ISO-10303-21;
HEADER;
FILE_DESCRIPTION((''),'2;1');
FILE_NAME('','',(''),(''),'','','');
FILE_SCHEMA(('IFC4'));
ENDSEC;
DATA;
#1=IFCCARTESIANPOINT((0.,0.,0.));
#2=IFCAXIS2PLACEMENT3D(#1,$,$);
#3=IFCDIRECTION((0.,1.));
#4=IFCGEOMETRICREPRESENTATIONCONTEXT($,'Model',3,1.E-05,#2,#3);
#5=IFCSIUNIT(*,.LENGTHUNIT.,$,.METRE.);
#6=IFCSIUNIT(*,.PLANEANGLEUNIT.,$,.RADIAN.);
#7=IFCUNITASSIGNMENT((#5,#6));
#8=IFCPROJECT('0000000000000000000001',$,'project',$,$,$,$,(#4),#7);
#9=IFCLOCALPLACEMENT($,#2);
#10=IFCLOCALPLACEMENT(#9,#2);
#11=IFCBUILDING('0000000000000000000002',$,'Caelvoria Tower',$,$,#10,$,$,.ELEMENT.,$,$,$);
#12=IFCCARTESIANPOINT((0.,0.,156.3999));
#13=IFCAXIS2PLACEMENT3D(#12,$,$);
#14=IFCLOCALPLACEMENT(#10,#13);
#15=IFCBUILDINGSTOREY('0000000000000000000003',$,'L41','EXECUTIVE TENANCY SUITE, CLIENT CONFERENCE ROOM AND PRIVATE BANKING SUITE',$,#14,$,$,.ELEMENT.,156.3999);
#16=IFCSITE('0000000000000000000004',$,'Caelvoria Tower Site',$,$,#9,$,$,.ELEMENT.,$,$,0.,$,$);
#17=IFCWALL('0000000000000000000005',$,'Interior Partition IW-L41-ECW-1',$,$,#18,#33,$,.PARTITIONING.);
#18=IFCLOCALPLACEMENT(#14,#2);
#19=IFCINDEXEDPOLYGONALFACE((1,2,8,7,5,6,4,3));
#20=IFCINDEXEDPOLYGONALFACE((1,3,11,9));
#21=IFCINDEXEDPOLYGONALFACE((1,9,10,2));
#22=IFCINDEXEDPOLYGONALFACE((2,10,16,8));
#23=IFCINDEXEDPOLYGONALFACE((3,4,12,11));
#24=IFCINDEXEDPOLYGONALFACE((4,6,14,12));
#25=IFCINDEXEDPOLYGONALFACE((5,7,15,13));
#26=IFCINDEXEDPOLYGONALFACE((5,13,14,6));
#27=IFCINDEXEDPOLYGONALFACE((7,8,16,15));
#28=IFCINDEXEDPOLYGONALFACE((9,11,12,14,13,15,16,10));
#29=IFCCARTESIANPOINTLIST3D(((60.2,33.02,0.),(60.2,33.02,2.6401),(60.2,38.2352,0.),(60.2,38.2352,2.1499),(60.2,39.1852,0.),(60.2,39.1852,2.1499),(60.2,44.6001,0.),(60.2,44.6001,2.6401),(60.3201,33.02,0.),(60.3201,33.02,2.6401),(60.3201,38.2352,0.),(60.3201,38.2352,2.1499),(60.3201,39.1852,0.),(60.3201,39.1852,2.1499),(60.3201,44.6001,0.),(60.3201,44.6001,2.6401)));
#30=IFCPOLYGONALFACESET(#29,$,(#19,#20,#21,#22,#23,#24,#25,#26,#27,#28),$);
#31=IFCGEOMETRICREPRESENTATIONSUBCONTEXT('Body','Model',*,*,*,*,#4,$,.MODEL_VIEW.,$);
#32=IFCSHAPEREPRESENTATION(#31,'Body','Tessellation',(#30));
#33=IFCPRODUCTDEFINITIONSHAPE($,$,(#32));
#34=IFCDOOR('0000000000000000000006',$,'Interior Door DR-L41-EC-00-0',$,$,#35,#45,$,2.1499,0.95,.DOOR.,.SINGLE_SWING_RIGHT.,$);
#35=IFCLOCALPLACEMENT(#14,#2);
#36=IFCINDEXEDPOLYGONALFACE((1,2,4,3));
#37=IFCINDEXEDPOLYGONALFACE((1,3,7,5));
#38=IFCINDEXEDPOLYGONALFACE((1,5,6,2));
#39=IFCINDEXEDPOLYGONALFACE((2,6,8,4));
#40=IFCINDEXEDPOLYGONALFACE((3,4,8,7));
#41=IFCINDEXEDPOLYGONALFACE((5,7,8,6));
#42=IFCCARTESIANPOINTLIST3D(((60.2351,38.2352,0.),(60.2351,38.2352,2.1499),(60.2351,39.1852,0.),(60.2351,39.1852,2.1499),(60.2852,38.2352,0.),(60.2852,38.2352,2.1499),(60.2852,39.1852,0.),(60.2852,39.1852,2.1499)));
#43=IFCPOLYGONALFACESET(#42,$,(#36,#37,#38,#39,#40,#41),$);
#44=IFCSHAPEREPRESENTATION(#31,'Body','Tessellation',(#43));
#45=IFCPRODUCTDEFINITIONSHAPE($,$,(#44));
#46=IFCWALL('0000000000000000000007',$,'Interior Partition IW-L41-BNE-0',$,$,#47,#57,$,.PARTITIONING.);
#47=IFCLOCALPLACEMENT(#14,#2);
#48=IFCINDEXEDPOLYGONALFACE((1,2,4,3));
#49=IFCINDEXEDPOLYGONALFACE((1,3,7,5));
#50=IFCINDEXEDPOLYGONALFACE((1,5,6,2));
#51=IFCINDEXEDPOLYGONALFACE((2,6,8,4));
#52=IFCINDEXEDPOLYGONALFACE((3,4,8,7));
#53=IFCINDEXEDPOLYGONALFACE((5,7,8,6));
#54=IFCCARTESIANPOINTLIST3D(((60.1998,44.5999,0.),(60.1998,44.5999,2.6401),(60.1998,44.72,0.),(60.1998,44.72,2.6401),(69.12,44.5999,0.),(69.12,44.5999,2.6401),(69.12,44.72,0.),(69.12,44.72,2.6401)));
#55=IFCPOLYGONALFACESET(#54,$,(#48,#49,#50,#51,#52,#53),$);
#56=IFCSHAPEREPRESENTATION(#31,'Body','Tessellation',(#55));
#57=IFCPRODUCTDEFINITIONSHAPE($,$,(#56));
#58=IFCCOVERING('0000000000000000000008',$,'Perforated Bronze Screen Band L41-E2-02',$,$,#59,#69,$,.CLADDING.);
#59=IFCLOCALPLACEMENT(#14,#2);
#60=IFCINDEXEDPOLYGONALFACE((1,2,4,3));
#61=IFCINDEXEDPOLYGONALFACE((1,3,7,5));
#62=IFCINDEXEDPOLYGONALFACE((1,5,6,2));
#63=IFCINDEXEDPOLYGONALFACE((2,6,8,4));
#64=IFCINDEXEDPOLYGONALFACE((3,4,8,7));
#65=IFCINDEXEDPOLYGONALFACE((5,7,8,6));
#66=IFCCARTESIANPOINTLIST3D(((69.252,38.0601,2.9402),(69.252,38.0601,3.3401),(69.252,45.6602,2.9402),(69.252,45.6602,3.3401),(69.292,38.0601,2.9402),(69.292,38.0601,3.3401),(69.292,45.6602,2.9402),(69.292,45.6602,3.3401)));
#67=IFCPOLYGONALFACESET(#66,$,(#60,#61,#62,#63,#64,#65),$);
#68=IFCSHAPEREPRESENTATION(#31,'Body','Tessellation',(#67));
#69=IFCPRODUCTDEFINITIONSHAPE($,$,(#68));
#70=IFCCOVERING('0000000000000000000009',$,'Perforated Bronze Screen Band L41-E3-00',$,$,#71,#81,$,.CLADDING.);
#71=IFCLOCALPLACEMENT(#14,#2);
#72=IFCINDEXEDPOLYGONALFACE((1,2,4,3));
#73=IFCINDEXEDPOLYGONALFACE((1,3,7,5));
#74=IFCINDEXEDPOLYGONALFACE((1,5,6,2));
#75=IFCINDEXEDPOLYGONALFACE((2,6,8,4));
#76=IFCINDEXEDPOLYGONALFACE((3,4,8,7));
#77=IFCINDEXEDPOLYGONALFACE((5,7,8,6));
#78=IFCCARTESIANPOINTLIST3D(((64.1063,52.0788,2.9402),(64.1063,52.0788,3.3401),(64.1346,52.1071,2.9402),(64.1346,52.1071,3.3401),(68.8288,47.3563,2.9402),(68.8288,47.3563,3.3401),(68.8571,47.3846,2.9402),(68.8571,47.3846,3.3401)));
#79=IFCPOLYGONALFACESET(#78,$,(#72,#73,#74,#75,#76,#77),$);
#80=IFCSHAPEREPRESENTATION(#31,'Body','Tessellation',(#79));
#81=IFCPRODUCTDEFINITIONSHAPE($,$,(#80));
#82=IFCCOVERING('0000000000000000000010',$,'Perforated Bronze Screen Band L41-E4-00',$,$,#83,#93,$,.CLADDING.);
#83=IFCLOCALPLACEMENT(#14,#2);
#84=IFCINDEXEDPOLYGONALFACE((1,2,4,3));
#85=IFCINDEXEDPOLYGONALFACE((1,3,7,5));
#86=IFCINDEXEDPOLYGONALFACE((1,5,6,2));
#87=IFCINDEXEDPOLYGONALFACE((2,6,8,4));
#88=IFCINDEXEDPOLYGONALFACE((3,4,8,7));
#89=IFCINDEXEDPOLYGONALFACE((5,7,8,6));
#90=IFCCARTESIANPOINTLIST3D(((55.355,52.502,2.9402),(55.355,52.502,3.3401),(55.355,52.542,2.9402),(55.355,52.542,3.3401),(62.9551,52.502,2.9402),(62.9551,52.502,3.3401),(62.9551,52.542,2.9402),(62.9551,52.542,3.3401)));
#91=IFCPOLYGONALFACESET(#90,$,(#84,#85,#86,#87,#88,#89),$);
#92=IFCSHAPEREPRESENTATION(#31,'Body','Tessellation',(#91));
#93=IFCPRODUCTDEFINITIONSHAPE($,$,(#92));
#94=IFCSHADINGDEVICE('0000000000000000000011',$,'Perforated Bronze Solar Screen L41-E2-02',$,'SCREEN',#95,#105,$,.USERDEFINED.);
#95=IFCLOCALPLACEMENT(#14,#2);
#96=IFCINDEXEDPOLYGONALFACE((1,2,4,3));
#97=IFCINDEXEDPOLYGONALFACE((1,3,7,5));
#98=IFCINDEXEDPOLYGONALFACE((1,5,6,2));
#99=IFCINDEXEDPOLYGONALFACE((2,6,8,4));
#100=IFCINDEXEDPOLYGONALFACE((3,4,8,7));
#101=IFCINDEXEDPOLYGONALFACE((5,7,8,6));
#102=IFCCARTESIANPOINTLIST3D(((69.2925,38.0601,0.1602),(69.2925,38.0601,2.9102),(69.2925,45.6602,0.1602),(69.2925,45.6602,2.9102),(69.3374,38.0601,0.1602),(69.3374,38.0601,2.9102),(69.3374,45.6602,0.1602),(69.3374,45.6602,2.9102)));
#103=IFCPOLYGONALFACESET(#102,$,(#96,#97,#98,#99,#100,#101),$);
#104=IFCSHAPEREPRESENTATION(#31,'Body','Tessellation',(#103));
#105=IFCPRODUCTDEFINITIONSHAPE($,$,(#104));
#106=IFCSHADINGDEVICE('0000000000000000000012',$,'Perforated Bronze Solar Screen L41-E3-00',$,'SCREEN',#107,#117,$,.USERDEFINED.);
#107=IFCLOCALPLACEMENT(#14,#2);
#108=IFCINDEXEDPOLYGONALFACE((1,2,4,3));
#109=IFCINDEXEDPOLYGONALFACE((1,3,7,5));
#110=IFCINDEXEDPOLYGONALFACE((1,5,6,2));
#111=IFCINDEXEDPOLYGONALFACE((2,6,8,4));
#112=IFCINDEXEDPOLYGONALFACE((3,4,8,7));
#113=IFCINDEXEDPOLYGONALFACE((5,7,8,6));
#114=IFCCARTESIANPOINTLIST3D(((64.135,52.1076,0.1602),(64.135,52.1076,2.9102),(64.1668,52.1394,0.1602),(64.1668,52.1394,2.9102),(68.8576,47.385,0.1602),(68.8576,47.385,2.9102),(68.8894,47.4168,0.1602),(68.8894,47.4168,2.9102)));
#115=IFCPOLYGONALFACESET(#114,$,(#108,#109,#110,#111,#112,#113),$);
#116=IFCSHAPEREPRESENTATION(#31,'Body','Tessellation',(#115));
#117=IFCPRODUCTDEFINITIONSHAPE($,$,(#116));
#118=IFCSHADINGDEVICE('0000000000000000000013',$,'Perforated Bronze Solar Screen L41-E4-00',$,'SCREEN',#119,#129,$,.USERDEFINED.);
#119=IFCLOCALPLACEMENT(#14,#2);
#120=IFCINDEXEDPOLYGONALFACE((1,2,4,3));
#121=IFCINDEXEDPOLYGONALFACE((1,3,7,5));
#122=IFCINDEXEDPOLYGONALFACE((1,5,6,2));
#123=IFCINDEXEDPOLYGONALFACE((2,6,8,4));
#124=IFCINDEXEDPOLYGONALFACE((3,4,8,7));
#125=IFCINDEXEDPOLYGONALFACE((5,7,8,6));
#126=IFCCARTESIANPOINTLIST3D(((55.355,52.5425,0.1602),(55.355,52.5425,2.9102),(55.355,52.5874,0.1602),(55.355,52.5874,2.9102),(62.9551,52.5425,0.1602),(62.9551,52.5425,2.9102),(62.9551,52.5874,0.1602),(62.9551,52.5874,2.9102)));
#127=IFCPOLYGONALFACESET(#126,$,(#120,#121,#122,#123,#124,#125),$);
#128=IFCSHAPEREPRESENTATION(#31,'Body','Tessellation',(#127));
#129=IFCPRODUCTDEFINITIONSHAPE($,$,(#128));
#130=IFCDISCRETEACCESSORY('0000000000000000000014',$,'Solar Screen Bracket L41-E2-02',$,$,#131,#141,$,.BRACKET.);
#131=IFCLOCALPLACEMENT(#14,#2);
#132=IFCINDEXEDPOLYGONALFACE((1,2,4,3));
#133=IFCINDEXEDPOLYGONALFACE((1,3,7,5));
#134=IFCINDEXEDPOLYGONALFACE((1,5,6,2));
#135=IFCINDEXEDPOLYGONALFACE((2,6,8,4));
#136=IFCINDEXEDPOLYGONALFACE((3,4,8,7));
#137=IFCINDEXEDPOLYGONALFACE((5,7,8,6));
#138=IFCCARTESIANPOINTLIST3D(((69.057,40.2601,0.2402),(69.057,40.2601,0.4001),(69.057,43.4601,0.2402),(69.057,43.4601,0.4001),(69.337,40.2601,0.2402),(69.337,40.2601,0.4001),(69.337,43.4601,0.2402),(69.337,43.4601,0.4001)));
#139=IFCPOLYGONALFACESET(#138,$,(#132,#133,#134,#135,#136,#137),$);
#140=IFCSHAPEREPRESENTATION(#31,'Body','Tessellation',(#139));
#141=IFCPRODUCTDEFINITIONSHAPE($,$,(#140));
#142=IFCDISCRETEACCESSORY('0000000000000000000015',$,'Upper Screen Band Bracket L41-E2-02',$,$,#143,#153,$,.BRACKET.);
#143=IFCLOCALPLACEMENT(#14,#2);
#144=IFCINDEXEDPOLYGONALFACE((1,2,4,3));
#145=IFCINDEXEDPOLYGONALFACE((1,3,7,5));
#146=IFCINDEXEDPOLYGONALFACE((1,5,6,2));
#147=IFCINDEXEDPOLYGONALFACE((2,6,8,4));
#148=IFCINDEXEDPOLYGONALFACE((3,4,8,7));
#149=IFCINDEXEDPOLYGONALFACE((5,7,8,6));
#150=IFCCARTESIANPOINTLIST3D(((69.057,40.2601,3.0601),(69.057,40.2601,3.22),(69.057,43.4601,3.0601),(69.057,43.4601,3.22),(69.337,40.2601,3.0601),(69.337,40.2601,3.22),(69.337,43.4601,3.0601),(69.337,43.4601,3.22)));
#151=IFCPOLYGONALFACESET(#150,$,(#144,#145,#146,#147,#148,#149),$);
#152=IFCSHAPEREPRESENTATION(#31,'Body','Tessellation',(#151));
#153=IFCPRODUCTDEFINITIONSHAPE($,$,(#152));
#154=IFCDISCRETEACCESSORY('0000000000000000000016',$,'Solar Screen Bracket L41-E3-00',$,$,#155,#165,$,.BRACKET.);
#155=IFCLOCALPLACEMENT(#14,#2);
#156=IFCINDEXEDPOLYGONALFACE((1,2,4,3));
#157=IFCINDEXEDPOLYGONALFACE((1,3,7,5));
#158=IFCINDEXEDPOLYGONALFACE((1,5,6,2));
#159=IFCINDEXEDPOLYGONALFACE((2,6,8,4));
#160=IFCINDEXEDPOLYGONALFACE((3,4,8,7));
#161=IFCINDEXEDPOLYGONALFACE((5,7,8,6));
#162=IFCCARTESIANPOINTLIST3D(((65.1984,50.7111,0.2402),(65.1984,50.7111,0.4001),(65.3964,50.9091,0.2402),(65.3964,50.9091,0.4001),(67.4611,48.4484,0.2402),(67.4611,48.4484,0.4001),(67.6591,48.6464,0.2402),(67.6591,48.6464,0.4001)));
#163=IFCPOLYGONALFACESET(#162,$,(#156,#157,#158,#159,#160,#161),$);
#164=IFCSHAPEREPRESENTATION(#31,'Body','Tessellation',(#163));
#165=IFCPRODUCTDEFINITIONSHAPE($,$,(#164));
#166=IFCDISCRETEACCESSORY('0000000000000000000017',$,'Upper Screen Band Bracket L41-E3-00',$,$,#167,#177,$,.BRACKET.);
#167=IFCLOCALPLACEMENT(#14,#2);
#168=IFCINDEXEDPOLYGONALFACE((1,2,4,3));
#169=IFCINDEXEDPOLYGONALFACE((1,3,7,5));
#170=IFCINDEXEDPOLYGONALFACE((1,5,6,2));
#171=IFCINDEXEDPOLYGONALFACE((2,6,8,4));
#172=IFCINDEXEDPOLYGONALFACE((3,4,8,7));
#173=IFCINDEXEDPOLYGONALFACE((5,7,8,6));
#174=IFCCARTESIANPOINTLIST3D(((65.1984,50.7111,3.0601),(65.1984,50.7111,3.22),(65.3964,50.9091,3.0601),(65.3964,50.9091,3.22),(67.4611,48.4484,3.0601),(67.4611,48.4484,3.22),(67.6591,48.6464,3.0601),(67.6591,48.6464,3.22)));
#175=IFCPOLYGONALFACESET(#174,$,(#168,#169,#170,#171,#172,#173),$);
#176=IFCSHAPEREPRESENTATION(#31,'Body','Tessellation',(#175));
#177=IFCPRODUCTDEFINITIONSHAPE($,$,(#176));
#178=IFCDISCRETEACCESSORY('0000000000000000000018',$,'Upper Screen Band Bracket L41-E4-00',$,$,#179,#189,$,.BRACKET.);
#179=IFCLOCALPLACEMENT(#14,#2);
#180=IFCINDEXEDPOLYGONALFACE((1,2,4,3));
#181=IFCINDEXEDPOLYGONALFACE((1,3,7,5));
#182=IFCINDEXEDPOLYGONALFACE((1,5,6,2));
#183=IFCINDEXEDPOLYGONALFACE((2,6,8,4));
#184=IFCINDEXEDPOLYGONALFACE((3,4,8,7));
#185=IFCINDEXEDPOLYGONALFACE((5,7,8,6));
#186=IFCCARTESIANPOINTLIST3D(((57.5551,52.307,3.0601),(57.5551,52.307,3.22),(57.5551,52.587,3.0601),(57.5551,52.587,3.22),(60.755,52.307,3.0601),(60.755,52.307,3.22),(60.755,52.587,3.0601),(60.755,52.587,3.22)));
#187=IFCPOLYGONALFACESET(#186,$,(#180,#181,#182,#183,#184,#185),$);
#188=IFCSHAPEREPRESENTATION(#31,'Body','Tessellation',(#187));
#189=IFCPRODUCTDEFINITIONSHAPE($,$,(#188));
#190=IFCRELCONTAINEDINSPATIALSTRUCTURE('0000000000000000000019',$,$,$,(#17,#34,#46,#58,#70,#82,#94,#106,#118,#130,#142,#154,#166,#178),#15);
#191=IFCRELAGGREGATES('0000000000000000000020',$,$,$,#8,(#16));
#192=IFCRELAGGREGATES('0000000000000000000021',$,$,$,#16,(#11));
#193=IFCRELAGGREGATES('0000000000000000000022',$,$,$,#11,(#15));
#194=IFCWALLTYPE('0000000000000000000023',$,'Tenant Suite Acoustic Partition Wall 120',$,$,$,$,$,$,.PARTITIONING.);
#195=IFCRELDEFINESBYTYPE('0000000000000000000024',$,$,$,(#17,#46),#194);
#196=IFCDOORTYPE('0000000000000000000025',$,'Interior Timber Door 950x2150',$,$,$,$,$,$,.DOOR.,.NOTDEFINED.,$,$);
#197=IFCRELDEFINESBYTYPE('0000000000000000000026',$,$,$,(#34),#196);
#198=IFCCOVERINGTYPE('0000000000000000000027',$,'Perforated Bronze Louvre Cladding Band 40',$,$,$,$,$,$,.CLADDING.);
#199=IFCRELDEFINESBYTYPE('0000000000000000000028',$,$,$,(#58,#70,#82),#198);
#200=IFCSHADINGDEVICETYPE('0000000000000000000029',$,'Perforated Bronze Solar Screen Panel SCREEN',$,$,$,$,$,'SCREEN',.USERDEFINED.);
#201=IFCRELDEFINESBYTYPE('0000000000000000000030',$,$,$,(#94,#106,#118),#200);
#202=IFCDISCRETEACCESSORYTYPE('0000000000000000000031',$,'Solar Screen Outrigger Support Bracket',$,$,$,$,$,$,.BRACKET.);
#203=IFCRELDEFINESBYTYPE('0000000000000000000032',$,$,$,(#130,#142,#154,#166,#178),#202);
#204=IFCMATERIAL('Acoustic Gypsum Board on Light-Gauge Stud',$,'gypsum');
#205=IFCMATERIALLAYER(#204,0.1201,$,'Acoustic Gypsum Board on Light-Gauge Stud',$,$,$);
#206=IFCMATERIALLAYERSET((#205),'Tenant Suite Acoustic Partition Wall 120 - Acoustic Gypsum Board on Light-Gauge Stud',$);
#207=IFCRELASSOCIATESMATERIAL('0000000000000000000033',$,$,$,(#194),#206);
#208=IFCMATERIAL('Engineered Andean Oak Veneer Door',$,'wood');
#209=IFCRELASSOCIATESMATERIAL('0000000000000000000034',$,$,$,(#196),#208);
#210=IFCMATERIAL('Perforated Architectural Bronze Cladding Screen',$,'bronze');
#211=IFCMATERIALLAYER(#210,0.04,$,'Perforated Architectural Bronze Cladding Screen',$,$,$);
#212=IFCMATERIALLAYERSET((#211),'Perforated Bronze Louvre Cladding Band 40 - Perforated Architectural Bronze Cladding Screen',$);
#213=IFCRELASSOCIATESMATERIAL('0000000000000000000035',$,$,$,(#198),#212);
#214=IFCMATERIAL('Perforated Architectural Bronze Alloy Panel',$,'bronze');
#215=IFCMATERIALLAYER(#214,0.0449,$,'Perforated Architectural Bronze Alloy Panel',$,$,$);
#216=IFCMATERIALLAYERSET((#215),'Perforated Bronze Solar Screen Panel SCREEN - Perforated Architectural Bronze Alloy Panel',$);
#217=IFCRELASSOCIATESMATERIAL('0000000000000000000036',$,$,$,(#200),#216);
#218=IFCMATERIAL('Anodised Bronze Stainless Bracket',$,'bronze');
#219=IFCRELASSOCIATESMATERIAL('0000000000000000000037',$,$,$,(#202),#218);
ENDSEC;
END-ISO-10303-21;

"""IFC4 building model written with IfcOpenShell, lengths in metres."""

from ifc_helpers import new_model, si_unit, direction, frame, frame_2d, origin, origin_2d, place, context, subcontext, project, spatial, rectangle, extrude, material, layer, layer_set, type_object, element, fill, save


model = new_model("IFC4")

# Units and contexts
model_context = context("Model", 3, precision=1e-05, world=origin(), true_north=direction((0.0, 1.0)))
body_context = subcontext(model_context, "Body", "Model", "MODEL_VIEW")
ifc_project = project(units=[si_unit("LENGTHUNIT", "METRE"), si_unit("PLANEANGLEUNIT", "RADIAN")], contexts=[model_context])

# Site, building, storey
site_placement = place(None, origin())
site = spatial("IfcSite", under=ifc_project, at=site_placement, Name="Caelvoria Tower Site", CompositionType="ELEMENT", RefElevation=0.0)
building_placement = place(site_placement, origin())
building = spatial("IfcBuilding", under=site, at=building_placement, Name="Caelvoria Tower", CompositionType="ELEMENT")
storey_placement = place(building_placement, frame((0.0, 0.0, 156.3999)))
storey = spatial("IfcBuildingStorey", under=building, at=storey_placement, Name="L41", Description="EXECUTIVE TENANCY SUITE, CLIENT CONFERENCE ROOM AND PRIVATE BANKING SUITE", CompositionType="ELEMENT", Elevation=156.3999)

# Wall, opening, door
ifc_material_1 = material(Name="Acoustic Gypsum Board on Light-Gauge Stud", Category="gypsum")
ifc_layer_1 = layer(ifc_material_1, 0.1201, Name="Acoustic Gypsum Board on Light-Gauge Stud")
ifc_layer_set_1 = layer_set([ifc_layer_1], Name="Tenant Suite Acoustic Partition Wall 120 - Acoustic Gypsum Board on Light-Gauge Stud")
wall_type_1 = type_object("IfcWallType", Name="Tenant Suite Acoustic Partition Wall 120", PredefinedType="PARTITIONING", material=ifc_layer_set_1)
wall_1_placement = place(storey_placement, frame((60.26, 33.02, 0.0), z_axis=(0.0, 0.0, 1.0), x_axis=(0.0, 1.0, 0.0)))
wall_1 = element("IfcWall", 1, at=wall_1_placement, inside=storey, type_object=wall_type_1, Name="Interior Partition IW-L41-ECW-1", PredefinedType="PARTITIONING", context=body_context, shape_type="SweptSolid", body=[
    extrude(rectangle(XDim=11.5801, YDim=0.1201, at=frame_2d((5.79, 0.0))), origin(), (0.0, 0.0, 1.0), 2.6401),
])
opening_1_placement = place(wall_1_placement, frame((5.2151, 0.0, 0.0)))
opening_1 = element("IfcOpeningElement", 2, at=opening_1_placement, cuts=wall_1, PredefinedType="OPENING", context=body_context, shape_type="SweptSolid", body=[
    extrude(rectangle(XDim=0.95, YDim=2.1499, at=frame_2d((0.4751, 1.075))), frame((0.0, 0.0701, 0.0), z_axis=(0.0, -1.0, 0.0), x_axis=(1.0, 0.0, 0.0)), (0.0, 0.0, 1.0), 0.1401),
])
ifc_material_2 = material(Name="Engineered Andean Oak Veneer Door", Category="wood")
door_type = type_object("IfcDoorType", Name="Interior Timber Door 950x2150", OperationType="NOTDEFINED", PredefinedType="DOOR", material=ifc_material_2)
door_placement = place(opening_1_placement, origin())
door = element("IfcDoor", 3, at=door_placement, inside=storey, type_object=door_type, Name="Interior Door DR-L41-EC-00-0", OperationType="SINGLE_SWING_RIGHT", OverallHeight=2.1499, OverallWidth=0.95, PredefinedType="DOOR", context=body_context, shape_type="SweptSolid", body=[
    extrude(rectangle(XDim=0.95, YDim=2.1499, at=frame_2d((0.4751, 1.075))), frame((0.0, 0.0249, 0.0), z_axis=(0.0, -1.0, 0.0), x_axis=(1.0, 0.0, 0.0)), (0.0, 0.0, 1.0), 0.05),
])
fill(opening_1, door)

# Wall
wall_2_placement = place(storey_placement, frame((60.2, 44.6599, 0.0), z_axis=(0.0, 0.0, 1.0), x_axis=(1.0, 0.0, 0.0)))
element("IfcWall", 4, at=wall_2_placement, inside=storey, type_object=wall_type_1, Name="Interior Partition IW-L41-BNE-0", PredefinedType="PARTITIONING", context=body_context, shape_type="SweptSolid", body=[
    extrude(rectangle(XDim=8.9202, YDim=0.1201, at=frame_2d((4.46, 0.0))), origin(), (0.0, 0.0, 1.0), 2.6401),
])

# Coverings
ifc_material_3 = material(Name="Perforated Architectural Bronze Cladding Screen", Category="bronze")
ifc_layer_2 = layer(ifc_material_3, 0.04, Name="Perforated Architectural Bronze Cladding Screen")
ifc_layer_set_2 = layer_set([ifc_layer_2], Name="Perforated Bronze Louvre Cladding Band 40 - Perforated Architectural Bronze Cladding Screen")
covering_type = type_object("IfcCoveringType", Name="Perforated Bronze Louvre Cladding Band 40", PredefinedType="CLADDING", material=ifc_layer_set_2)
covering_1_placement = place(storey_placement, frame((69.272, 41.8601, 2.9402), z_axis=(0.0, 0.0, 1.0), x_axis=(0.0, 1.0, 0.0)))
element("IfcCovering", 5, at=covering_1_placement, inside=storey, type_object=covering_type, Name="Perforated Bronze Screen Band L41-E2-02", PredefinedType="CLADDING", context=body_context, shape_type="SweptSolid", body=[
    extrude(rectangle(XDim=7.6001, YDim=0.04, at=origin_2d()), origin(), (0.0, 0.0, 1.0), 0.3999),
])
covering_2_placement = place(storey_placement, frame((66.4817, 49.7317, 2.9402), z_axis=(0.0, 0.0, 1.0), x_axis=(-0.707107, 0.707107, 0.0)))
element("IfcCovering", 6, at=covering_2_placement, inside=storey, type_object=covering_type, Name="Perforated Bronze Screen Band L41-E3-00", PredefinedType="CLADDING", context=body_context, shape_type="SweptSolid", body=[
    extrude(rectangle(XDim=6.6787, YDim=0.04, at=origin_2d()), origin(), (0.0, 0.0, 1.0), 0.3999),
])
covering_3_placement = place(storey_placement, frame((59.155, 52.522, 2.9402), z_axis=(0.0, 0.0, 1.0), x_axis=(-1.0, 0.0, 0.0)))
element("IfcCovering", 7, at=covering_3_placement, inside=storey, type_object=covering_type, Name="Perforated Bronze Screen Band L41-E4-00", PredefinedType="CLADDING", context=body_context, shape_type="SweptSolid", body=[
    extrude(rectangle(XDim=7.6001, YDim=0.04, at=origin_2d()), origin(), (0.0, 0.0, 1.0), 0.3999),
])

# Shading devices
ifc_material_4 = material(Name="Perforated Architectural Bronze Alloy Panel", Category="bronze")
ifc_layer_3 = layer(ifc_material_4, 0.0449, Name="Perforated Architectural Bronze Alloy Panel")
ifc_layer_set_3 = layer_set([ifc_layer_3], Name="Perforated Bronze Solar Screen Panel SCREEN - Perforated Architectural Bronze Alloy Panel")
shading_device_type = type_object("IfcShadingDeviceType", Name="Perforated Bronze Solar Screen Panel SCREEN", ElementType="SCREEN", PredefinedType="USERDEFINED", material=ifc_layer_set_3)
shading_device_1_placement = place(storey_placement, frame((69.3149, 41.8601, 0.1602), z_axis=(0.0, 0.0, 1.0), x_axis=(0.0, 1.0, 0.0)))
element("IfcShadingDevice", 8, at=shading_device_1_placement, inside=storey, type_object=shading_device_type, Name="Perforated Bronze Solar Screen L41-E2-02", ObjectType="SCREEN", PredefinedType="USERDEFINED", context=body_context, shape_type="SweptSolid", body=[
    extrude(rectangle(XDim=7.6001, YDim=0.0449, at=origin_2d()), origin(), (0.0, 0.0, 1.0), 2.75),
])
shading_device_2_placement = place(storey_placement, frame((66.5122, 49.7622, 0.1602), z_axis=(0.0, 0.0, 1.0), x_axis=(-0.707107, 0.707107, 0.0)))
element("IfcShadingDevice", 9, at=shading_device_2_placement, inside=storey, type_object=shading_device_type, Name="Perforated Bronze Solar Screen L41-E3-00", ObjectType="SCREEN", PredefinedType="USERDEFINED", context=body_context, shape_type="SweptSolid", body=[
    extrude(rectangle(XDim=6.6787, YDim=0.0449, at=origin_2d()), origin(), (0.0, 0.0, 1.0), 2.75),
])
shading_device_3_placement = place(storey_placement, frame((59.155, 52.5649, 0.1602), z_axis=(0.0, 0.0, 1.0), x_axis=(-1.0, 0.0, 0.0)))
element("IfcShadingDevice", 10, at=shading_device_3_placement, inside=storey, type_object=shading_device_type, Name="Perforated Bronze Solar Screen L41-E4-00", ObjectType="SCREEN", PredefinedType="USERDEFINED", context=body_context, shape_type="SweptSolid", body=[
    extrude(rectangle(XDim=7.6001, YDim=0.0449, at=origin_2d()), origin(), (0.0, 0.0, 1.0), 2.75),
])

# Discrete accessories
ifc_material_5 = material(Name="Anodised Bronze Stainless Bracket", Category="bronze")
discrete_accessory_type = type_object("IfcDiscreteAccessoryType", Name="Solar Screen Outrigger Support Bracket", PredefinedType="BRACKET", material=ifc_material_5)
for number, where, z_axis, x_axis, name in (
    (11, (69.197, 41.8601, 0.2402), (0.0, 0.0, 1.0), (0.0, 1.0, 0.0), "Solar Screen Bracket L41-E2-02"),
    (12, (69.197, 41.8601, 3.0601), (0.0, 0.0, 1.0), (0.0, 1.0, 0.0), "Upper Screen Band Bracket L41-E2-02"),
    (13, (66.4287, 49.6787, 0.2402), (0.0, 0.0, 1.0), (-0.707107, 0.707107, 0.0), "Solar Screen Bracket L41-E3-00"),
    (14, (66.4287, 49.6787, 3.0601), (0.0, 0.0, 1.0), (-0.707107, 0.707107, 0.0), "Upper Screen Band Bracket L41-E3-00"),
    (15, (59.155, 52.447, 3.0601), (0.0, 0.0, 1.0), (-1.0, 0.0, 0.0), "Upper Screen Band Bracket L41-E4-00"),
):
    element("IfcDiscreteAccessory", number, at=place(storey_placement, frame(where, z_axis=z_axis, x_axis=x_axis)), inside=storey, type_object=discrete_accessory_type, Name=name, PredefinedType="BRACKET", context=body_context, shape_type="SweptSolid", body=[
        extrude(rectangle(XDim=3.2, YDim=0.28, at=origin_2d()), origin(), (0.0, 0.0, 1.0), 0.1599),
    ])

save(model, "model.ifc")
